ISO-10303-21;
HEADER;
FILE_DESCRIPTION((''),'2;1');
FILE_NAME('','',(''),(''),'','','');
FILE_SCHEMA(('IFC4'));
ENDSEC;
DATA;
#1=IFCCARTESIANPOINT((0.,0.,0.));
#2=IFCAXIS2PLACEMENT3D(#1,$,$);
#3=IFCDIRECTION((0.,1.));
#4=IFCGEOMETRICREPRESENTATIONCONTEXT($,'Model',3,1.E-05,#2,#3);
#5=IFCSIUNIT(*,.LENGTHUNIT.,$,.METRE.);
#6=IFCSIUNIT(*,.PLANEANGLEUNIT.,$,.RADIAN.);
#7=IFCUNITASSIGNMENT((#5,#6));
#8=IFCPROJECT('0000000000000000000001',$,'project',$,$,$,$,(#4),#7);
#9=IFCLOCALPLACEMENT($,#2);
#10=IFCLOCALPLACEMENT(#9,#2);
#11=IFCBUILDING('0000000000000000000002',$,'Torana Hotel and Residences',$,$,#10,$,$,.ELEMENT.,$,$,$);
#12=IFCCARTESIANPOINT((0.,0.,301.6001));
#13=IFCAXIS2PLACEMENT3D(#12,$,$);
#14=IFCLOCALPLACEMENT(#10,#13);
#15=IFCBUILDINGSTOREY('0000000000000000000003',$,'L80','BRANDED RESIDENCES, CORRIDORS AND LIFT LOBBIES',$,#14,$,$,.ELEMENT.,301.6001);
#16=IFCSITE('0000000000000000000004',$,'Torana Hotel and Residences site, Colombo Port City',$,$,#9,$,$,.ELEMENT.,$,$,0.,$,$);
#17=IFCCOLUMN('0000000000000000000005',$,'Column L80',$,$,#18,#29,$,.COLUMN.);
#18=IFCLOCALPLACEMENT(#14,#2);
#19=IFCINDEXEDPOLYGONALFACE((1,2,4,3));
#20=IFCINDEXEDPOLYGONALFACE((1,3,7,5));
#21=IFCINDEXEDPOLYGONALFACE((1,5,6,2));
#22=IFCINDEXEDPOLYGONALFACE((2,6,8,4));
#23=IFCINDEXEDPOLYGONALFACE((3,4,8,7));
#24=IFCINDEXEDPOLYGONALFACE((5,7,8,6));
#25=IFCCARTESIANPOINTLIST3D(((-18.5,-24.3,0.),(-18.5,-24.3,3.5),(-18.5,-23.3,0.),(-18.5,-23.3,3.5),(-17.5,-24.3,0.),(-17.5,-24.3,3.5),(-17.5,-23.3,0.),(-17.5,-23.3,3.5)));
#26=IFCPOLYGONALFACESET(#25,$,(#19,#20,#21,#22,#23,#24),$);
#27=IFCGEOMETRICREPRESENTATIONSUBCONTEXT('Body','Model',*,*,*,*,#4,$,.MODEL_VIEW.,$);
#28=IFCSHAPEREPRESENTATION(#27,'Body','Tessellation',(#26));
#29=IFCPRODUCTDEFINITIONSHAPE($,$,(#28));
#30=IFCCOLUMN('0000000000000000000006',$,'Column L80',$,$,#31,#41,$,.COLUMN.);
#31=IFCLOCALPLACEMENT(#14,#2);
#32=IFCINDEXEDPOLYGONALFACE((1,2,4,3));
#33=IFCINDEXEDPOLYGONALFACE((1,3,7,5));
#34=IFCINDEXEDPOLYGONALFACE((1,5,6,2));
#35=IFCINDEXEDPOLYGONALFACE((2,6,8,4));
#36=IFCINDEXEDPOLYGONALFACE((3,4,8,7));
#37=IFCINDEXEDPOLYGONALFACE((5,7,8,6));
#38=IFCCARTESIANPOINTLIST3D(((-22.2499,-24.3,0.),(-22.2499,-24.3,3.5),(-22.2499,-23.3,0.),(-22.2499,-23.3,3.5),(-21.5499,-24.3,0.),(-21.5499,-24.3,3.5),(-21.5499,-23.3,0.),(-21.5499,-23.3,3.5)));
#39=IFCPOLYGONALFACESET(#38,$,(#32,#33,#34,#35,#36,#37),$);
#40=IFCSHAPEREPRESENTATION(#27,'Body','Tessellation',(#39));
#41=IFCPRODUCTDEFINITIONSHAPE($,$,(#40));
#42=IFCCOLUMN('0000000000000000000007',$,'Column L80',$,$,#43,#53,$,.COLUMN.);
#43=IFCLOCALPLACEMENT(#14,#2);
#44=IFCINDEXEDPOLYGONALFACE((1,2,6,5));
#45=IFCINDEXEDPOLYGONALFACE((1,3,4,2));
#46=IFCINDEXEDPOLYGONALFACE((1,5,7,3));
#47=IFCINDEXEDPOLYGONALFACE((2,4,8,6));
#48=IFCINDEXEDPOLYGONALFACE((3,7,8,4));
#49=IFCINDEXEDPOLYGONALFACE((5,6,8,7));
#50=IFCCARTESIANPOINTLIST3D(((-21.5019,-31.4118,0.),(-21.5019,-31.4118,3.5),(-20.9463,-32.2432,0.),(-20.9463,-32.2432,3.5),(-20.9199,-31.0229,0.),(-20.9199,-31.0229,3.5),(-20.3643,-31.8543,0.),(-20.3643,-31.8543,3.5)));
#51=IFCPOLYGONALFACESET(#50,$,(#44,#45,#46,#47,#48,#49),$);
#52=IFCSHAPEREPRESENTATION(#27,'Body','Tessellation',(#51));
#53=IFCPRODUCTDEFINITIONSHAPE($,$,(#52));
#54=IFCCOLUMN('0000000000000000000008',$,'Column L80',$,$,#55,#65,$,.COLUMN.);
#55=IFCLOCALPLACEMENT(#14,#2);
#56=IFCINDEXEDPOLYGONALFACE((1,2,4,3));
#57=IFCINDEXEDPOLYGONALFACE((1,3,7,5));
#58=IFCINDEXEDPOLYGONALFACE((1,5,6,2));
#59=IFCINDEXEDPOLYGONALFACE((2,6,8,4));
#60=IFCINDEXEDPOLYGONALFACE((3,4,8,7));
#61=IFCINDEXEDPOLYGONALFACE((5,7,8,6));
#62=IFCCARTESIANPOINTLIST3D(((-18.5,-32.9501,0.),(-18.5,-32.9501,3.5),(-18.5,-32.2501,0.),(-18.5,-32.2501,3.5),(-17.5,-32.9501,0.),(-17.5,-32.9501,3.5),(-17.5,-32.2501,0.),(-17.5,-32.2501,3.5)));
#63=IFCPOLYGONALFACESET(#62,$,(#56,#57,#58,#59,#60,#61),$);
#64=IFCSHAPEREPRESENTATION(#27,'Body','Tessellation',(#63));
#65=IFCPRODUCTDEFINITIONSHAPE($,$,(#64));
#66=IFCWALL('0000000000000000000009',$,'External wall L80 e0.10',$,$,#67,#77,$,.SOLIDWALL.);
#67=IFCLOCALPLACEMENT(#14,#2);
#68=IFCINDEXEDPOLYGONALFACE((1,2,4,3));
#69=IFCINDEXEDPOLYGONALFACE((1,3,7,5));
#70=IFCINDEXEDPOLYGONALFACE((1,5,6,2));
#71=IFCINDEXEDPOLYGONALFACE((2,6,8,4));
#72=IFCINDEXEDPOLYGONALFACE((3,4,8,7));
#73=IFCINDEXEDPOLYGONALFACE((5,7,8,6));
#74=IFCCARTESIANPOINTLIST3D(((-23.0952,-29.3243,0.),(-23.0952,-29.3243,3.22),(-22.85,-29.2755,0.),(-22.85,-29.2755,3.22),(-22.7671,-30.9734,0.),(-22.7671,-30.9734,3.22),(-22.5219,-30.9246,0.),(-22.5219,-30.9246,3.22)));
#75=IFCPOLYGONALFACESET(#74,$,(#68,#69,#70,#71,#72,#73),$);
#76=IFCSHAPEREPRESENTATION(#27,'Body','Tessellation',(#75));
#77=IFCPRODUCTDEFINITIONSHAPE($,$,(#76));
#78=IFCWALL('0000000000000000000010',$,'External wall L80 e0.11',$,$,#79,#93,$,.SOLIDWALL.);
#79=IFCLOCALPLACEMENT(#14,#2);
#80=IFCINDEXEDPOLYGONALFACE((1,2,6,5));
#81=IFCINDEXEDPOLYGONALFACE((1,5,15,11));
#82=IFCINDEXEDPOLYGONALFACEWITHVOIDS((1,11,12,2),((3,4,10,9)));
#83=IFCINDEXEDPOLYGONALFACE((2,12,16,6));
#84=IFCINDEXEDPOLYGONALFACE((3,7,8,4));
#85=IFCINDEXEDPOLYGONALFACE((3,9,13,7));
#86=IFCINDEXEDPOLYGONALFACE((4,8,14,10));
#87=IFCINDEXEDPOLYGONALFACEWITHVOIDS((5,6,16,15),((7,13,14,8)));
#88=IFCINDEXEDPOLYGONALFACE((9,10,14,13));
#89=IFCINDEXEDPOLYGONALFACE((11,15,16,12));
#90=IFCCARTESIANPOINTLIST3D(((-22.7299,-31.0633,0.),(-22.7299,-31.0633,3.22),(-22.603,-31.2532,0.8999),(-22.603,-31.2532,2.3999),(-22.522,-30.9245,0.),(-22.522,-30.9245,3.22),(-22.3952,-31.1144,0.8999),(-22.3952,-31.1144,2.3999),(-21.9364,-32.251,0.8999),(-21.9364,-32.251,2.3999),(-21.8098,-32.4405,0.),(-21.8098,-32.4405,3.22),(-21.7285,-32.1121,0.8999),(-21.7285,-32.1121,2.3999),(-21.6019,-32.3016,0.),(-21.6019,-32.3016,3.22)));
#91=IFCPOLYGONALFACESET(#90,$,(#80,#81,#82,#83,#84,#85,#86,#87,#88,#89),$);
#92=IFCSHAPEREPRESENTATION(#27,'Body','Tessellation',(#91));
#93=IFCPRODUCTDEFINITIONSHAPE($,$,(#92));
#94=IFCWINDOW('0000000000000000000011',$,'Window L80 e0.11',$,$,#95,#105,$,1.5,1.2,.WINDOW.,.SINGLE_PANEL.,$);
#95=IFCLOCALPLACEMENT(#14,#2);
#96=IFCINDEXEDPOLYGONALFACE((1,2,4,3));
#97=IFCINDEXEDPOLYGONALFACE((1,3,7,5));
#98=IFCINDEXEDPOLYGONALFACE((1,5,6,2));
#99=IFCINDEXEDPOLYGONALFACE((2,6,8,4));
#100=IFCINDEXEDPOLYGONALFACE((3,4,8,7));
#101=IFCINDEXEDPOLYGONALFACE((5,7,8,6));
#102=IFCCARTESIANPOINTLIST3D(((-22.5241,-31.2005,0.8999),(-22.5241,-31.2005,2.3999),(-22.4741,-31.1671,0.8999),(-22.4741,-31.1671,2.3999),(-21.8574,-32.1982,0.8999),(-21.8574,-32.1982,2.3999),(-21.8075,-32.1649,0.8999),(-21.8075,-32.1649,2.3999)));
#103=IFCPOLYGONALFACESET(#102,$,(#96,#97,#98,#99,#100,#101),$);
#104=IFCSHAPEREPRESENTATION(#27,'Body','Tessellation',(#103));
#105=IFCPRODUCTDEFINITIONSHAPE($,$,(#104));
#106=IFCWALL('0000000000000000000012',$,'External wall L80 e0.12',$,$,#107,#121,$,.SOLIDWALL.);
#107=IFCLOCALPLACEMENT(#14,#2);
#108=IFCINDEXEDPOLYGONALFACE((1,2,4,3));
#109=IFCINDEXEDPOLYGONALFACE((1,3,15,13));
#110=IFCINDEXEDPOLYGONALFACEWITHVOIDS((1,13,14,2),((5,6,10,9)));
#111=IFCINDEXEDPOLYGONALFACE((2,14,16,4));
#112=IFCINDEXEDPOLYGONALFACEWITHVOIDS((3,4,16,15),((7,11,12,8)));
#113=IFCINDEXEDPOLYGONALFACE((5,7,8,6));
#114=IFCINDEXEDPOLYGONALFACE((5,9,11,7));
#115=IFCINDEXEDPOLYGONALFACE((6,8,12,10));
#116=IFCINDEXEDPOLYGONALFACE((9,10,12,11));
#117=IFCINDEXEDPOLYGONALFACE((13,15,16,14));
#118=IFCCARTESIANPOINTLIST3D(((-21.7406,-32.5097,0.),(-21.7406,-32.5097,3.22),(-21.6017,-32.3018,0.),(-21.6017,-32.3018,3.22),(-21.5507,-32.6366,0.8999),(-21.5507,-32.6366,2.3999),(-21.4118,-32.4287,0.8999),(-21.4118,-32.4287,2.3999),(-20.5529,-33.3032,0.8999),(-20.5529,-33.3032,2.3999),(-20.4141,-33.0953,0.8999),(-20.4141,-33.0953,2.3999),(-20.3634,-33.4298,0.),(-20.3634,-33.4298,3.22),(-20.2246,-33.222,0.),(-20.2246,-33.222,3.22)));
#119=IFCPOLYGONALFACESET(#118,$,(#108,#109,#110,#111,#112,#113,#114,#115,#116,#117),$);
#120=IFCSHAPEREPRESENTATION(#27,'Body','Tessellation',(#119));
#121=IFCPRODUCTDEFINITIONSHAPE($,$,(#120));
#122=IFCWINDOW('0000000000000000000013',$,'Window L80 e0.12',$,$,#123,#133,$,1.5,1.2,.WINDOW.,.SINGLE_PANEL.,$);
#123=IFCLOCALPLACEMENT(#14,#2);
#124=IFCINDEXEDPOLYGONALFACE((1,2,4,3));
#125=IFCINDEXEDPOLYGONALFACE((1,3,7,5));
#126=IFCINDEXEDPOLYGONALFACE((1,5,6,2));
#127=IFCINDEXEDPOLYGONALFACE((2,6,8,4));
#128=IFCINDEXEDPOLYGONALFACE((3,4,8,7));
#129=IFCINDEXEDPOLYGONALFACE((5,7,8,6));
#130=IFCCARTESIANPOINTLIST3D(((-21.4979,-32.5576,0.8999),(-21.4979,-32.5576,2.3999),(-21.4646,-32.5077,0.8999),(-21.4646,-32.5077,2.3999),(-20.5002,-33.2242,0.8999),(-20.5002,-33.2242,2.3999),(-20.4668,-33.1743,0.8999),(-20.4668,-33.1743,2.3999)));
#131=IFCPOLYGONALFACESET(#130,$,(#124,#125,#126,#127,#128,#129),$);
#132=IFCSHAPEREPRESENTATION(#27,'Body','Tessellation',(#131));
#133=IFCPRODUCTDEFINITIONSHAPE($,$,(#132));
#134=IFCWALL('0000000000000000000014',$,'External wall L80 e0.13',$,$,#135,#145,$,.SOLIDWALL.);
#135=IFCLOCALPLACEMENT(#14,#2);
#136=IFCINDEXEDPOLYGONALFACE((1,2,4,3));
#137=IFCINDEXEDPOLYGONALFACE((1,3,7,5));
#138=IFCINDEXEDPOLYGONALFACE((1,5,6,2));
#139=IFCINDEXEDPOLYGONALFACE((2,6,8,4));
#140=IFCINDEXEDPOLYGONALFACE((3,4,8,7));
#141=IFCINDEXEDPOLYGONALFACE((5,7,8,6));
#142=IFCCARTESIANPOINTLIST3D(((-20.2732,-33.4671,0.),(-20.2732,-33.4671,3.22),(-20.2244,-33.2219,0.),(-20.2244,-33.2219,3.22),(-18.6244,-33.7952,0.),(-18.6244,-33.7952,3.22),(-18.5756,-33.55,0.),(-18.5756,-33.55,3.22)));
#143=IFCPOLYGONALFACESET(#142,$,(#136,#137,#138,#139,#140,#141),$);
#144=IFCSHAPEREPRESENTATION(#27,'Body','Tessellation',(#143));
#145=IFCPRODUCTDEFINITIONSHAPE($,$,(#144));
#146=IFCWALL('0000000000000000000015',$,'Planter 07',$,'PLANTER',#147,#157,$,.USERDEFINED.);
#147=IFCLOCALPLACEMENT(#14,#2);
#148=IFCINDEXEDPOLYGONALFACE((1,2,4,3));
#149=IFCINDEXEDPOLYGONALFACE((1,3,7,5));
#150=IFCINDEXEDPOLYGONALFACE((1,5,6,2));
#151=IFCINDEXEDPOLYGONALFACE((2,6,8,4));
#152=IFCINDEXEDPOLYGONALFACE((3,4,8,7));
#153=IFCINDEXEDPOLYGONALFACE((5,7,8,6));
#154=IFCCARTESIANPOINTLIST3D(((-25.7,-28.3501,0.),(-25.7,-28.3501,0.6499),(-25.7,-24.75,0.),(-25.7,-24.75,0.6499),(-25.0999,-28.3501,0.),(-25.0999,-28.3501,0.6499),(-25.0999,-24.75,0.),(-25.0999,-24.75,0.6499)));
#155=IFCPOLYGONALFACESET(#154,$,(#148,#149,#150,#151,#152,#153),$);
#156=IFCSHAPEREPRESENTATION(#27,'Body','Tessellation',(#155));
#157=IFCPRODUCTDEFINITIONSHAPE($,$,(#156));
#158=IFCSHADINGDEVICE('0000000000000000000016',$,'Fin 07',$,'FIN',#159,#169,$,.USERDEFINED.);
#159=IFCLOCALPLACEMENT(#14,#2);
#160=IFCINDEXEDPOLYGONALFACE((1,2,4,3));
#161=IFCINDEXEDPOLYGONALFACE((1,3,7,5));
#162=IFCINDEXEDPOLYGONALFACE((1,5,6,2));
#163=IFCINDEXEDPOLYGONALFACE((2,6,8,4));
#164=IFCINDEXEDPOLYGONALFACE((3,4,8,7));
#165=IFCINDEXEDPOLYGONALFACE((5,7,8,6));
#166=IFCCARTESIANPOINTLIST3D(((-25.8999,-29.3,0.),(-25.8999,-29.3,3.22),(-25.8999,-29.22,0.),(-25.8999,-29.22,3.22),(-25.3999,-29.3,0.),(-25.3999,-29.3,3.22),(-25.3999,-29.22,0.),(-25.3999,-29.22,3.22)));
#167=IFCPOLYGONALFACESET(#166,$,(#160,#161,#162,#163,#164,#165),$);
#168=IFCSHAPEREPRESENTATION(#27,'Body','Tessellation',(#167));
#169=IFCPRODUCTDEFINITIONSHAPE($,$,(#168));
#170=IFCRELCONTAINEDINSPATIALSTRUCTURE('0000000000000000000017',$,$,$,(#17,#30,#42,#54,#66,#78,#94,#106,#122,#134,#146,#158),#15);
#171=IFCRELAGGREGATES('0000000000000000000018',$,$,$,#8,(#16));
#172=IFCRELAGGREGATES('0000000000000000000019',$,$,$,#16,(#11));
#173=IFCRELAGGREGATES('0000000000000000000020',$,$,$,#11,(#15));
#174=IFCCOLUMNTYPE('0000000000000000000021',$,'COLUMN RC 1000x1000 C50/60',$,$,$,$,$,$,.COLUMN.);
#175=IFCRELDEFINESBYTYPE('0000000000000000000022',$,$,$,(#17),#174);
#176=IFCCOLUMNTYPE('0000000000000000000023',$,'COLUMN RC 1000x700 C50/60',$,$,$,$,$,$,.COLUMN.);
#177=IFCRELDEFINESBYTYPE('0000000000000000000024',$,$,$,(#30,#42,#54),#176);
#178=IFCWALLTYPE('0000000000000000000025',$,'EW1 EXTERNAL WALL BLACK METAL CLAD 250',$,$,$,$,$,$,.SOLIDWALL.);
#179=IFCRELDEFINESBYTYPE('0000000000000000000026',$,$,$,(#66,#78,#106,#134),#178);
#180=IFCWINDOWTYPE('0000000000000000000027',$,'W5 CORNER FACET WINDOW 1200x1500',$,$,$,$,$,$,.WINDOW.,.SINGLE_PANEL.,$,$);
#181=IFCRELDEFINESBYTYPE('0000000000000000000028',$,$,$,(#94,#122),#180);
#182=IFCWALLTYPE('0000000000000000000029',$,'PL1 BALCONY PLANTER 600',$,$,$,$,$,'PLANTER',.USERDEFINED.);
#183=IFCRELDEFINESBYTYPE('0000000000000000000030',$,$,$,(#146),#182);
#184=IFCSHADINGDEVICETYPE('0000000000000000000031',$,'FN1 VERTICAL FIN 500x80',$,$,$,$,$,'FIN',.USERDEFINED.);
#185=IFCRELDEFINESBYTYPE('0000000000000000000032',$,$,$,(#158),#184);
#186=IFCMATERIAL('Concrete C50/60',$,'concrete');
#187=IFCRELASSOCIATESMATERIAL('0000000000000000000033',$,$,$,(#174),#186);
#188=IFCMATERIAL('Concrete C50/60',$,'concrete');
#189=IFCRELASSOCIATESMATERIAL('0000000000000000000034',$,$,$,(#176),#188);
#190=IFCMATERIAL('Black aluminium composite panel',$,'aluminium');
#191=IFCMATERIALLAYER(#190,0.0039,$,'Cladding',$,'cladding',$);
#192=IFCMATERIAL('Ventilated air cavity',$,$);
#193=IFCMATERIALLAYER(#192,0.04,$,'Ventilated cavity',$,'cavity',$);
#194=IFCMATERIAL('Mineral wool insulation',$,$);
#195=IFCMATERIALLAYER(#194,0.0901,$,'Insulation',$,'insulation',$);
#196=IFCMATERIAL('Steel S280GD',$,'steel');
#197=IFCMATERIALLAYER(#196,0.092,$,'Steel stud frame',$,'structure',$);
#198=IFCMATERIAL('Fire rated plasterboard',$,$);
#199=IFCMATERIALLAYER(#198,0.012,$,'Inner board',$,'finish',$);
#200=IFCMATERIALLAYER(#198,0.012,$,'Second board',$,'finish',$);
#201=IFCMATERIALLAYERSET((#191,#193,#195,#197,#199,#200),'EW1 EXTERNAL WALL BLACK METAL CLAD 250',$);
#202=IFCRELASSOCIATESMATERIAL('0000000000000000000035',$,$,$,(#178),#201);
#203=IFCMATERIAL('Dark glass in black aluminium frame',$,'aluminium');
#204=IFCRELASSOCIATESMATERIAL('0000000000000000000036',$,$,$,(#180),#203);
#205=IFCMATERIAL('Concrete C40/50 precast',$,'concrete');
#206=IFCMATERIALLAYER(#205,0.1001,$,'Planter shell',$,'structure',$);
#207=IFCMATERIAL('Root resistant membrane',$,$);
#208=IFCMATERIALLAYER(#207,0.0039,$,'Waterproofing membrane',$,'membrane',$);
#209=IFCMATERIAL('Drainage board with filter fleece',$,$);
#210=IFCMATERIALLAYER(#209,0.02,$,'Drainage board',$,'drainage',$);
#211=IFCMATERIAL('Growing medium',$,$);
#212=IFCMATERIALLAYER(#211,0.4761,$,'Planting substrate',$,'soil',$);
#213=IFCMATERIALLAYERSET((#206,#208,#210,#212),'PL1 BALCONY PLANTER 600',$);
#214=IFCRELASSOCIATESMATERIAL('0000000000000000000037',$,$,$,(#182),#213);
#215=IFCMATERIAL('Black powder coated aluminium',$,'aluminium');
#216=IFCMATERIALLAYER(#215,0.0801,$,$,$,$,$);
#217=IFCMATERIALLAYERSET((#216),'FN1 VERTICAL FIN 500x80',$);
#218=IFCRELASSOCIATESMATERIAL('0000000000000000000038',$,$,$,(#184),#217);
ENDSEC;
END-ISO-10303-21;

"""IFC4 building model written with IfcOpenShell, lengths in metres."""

from ifc_helpers import new_model, si_unit, direction, frame, frame_2d, origin, origin_2d, place, context, subcontext, project, spatial, rectangle, extrude, material, layer, layer_set, material_profile, profile_set, type_object, element, fill, save


model = new_model("IFC4")

# Units and contexts
model_context = context("Model", 3, precision=1e-05, world=origin(), true_north=direction((0.0, 1.0)))
body_context = subcontext(model_context, "Body", "Model", "MODEL_VIEW")
ifc_project = project(units=[si_unit("LENGTHUNIT", "METRE"), si_unit("PLANEANGLEUNIT", "RADIAN")], contexts=[model_context])

# Site, building, storey
site_placement = place(None, origin())
site = spatial("IfcSite", under=ifc_project, at=site_placement, Name="Torana Hotel and Residences site, Colombo Port City", CompositionType="ELEMENT", RefElevation=0.0)
building_placement = place(site_placement, origin())
building = spatial("IfcBuilding", under=site, at=building_placement, Name="Torana Hotel and Residences", CompositionType="ELEMENT")
storey_placement = place(building_placement, frame((0.0, 0.0, 301.6001)))
storey = spatial("IfcBuildingStorey", under=building, at=storey_placement, Name="L80", Description="BRANDED RESIDENCES, CORRIDORS AND LIFT LOBBIES", CompositionType="ELEMENT", Elevation=301.6001)

# Columns
ifc_material_1 = material(Name="Concrete C50/60", Category="concrete")
ifc_material_profile_1 = material_profile(ifc_material_1, rectangle(XDim=1.0, YDim=1.0, at=origin_2d()), Name="RC 1000x1000")
ifc_profile_set_1 = profile_set([ifc_material_profile_1], Name="Concrete C50/60")
column_type_1 = type_object("IfcColumnType", Name="COLUMN RC 1000x1000 C50/60", PredefinedType="COLUMN", material=ifc_profile_set_1)
column_placement = place(storey_placement, frame((-18.0, -23.8, 0.0), z_axis=(0.0, 0.0, 1.0), x_axis=(1.0, 0.0, 0.0)))
element("IfcColumn", 1, at=column_placement, inside=storey, type_object=column_type_1, Name="Column L80", PredefinedType="COLUMN", context=body_context, shape_type="SweptSolid", body=[
    extrude(rectangle(XDim=1.0, YDim=1.0, at=origin_2d()), origin(), (0.0, 0.0, 1.0), 3.5),
])
ifc_material_2 = material(Name="Concrete C50/60", Category="concrete")
ifc_material_profile_2 = material_profile(ifc_material_2, rectangle(XDim=1.0, YDim=0.7, at=origin_2d()), Name="RC 1000x700")
ifc_profile_set_2 = profile_set([ifc_material_profile_2], Name="Concrete C50/60")
column_type_2 = type_object("IfcColumnType", Name="COLUMN RC 1000x700 C50/60", PredefinedType="COLUMN", material=ifc_profile_set_2)
for number, where, z_axis, x_axis, name in (
    (2, (-21.8999, -23.8, 0.0), (0.0, 0.0, 1.0), (0.0, 1.0, 0.0), "Column L80"),
    (3, (-20.9331, -31.6331, 0.0), (0.0, 0.0, 1.0), (-0.555585, 0.83146, 0.0), "Column L80"),
    (4, (-18.0, -32.6001, 0.0), (0.0, 0.0, 1.0), (1.0, 0.0, 0.0), "Column L80"),
):
    element("IfcColumn", number, at=place(storey_placement, frame(where, z_axis=z_axis, x_axis=x_axis)), inside=storey, type_object=column_type_2, Name=name, PredefinedType="COLUMN", context=body_context, shape_type="SweptSolid", body=[
        extrude(rectangle(XDim=1.0, YDim=0.7, at=origin_2d()), origin(), (0.0, 0.0, 1.0), 3.5),
    ])

# Wall
ifc_material_3 = material(Name="Black aluminium composite panel", Category="aluminium")
ifc_layer_1 = layer(ifc_material_3, 0.0039, Name="Cladding", Category="cladding")
ifc_material_4 = material(Name="Ventilated air cavity")
ifc_layer_2 = layer(ifc_material_4, 0.04, Name="Ventilated cavity", Category="cavity")
ifc_material_5 = material(Name="Mineral wool insulation")
ifc_layer_3 = layer(ifc_material_5, 0.0901, Name="Insulation", Category="insulation")
ifc_material_6 = material(Name="Steel S280GD", Category="steel")
ifc_layer_4 = layer(ifc_material_6, 0.092, Name="Steel stud frame", Category="structure")
ifc_material_7 = material(Name="Fire rated plasterboard")
ifc_layer_5 = layer(ifc_material_7, 0.012, Name="Inner board", Category="finish")
ifc_layer_6 = layer(ifc_material_7, 0.012, Name="Second board", Category="finish")
ifc_layer_set_1 = layer_set([ifc_layer_1, ifc_layer_2, ifc_layer_3, ifc_layer_4, ifc_layer_5, ifc_layer_6], Name="EW1 EXTERNAL WALL BLACK METAL CLAD 250")
wall_type_1 = type_object("IfcWallType", Name="EW1 EXTERNAL WALL BLACK METAL CLAD 250", PredefinedType="SOLIDWALL", material=ifc_layer_set_1)
wall_1_placement = place(storey_placement, frame((-22.9727, -29.2998, 0.0), z_axis=(0.0, 0.0, 1.0), x_axis=(0.195139, -0.980776, 0.0)))
element("IfcWall", 5, at=wall_1_placement, inside=storey, type_object=wall_type_1, Name="External wall L80 e0.10", PredefinedType="SOLIDWALL", context=body_context, shape_type="SweptSolid", body=[
    extrude(rectangle(XDim=1.6814, YDim=0.25, at=frame_2d((0.8408, 0.0))), origin(), (0.0, 0.0, 1.0), 3.22),
])

# Walls, openings, windows
wall_2_placement = place(storey_placement, frame((-22.626, -30.9939, 0.0), z_axis=(0.0, 0.0, 1.0), x_axis=(0.55555, -0.831483, 0.0)))
wall_2 = element("IfcWall", 6, at=wall_2_placement, inside=storey, type_object=wall_type_1, Name="External wall L80 e0.11", PredefinedType="SOLIDWALL", context=body_context, shape_type="SweptSolid", body=[
    extrude(rectangle(XDim=1.6562, YDim=0.25, at=frame_2d((0.8281, 0.0))), origin(), (0.0, 0.0, 1.0), 3.22),
])
opening_1_placement = place(wall_2_placement, frame((0.2283, 0.0, 0.8999)))
opening_1 = element("IfcOpeningElement", 7, at=opening_1_placement, cuts=wall_2, PredefinedType="OPENING", context=body_context, shape_type="SweptSolid", body=[
    extrude(rectangle(XDim=1.2, YDim=1.5, at=frame_2d((0.6001, 0.75))), frame((0.0, 0.135, 0.0), z_axis=(0.0, -1.0, 0.0), x_axis=(1.0, 0.0, 0.0)), (0.0, 0.0, 1.0), 0.27),
])
ifc_material_8 = material(Name="Dark glass in black aluminium frame", Category="aluminium")
window_type_1 = type_object("IfcWindowType", Name="W5 CORNER FACET WINDOW 1200x1500", PartitioningType="SINGLE_PANEL", PredefinedType="WINDOW", material=ifc_material_8)
window_1_placement = place(opening_1_placement, origin())
window_1 = element("IfcWindow", 8, at=window_1_placement, inside=storey, type_object=window_type_1, Name="Window L80 e0.11", OverallHeight=1.5, OverallWidth=1.2, PartitioningType="SINGLE_PANEL", PredefinedType="WINDOW", context=body_context, shape_type="SweptSolid", body=[
    extrude(rectangle(XDim=1.2, YDim=1.5, at=frame_2d((0.6001, 0.75))), frame((0.0, 0.03, 0.0), z_axis=(0.0, -1.0, 0.0), x_axis=(1.0, 0.0, 0.0)), (0.0, 0.0, 1.0), 0.0601),
])
fill(opening_1, window_1)
wall_3_placement = place(storey_placement, frame((-21.6711, -32.4058, 0.0), z_axis=(0.0, 0.0, 1.0), x_axis=(0.831483, -0.55555, 0.0)))
wall_3 = element("IfcWall", 9, at=wall_3_placement, inside=storey, type_object=wall_type_1, Name="External wall L80 e0.12", PredefinedType="SOLIDWALL", context=body_context, shape_type="SweptSolid", body=[
    extrude(rectangle(XDim=1.6562, YDim=0.25, at=frame_2d((0.8281, 0.0))), origin(), (0.0, 0.0, 1.0), 3.22),
])
opening_2_placement = place(wall_3_placement, frame((0.2283, 0.0, 0.8999)))
opening_2 = element("IfcOpeningElement", 10, at=opening_2_placement, cuts=wall_3, PredefinedType="OPENING", context=body_context, shape_type="SweptSolid", body=[
    extrude(rectangle(XDim=1.2, YDim=1.5, at=frame_2d((0.6001, 0.75))), frame((0.0, 0.135, 0.0), z_axis=(0.0, -1.0, 0.0), x_axis=(1.0, 0.0, 0.0)), (0.0, 0.0, 1.0), 0.27),
])
window_2_placement = place(opening_2_placement, origin())
window_2 = element("IfcWindow", 11, at=window_2_placement, inside=storey, type_object=window_type_1, Name="Window L80 e0.12", OverallHeight=1.5, OverallWidth=1.2, PartitioningType="SINGLE_PANEL", PredefinedType="WINDOW", context=body_context, shape_type="SweptSolid", body=[
    extrude(rectangle(XDim=1.2, YDim=1.5, at=frame_2d((0.6001, 0.75))), frame((0.0, 0.03, 0.0), z_axis=(0.0, -1.0, 0.0), x_axis=(1.0, 0.0, 0.0)), (0.0, 0.0, 1.0), 0.0601),
])
fill(opening_2, window_2)

# Wall
wall_4_placement = place(storey_placement, frame((-20.2488, -33.3445, 0.0), z_axis=(0.0, 0.0, 1.0), x_axis=(0.98077, -0.195167, 0.0)))
element("IfcWall", 12, at=wall_4_placement, inside=storey, type_object=wall_type_1, Name="External wall L80 e0.13", PredefinedType="SOLIDWALL", context=body_context, shape_type="SweptSolid", body=[
    extrude(rectangle(XDim=1.6812, YDim=0.25, at=frame_2d((0.8406, 0.0))), origin(), (0.0, 0.0, 1.0), 3.22),
])

# Wall
ifc_material_9 = material(Name="Concrete C40/50 precast", Category="concrete")
ifc_layer_7 = layer(ifc_material_9, 0.1001, Name="Planter shell", Category="structure")
ifc_material_10 = material(Name="Root resistant membrane")
ifc_layer_8 = layer(ifc_material_10, 0.0039, Name="Waterproofing membrane", Category="membrane")
ifc_material_11 = material(Name="Drainage board with filter fleece")
ifc_layer_9 = layer(ifc_material_11, 0.02, Name="Drainage board", Category="drainage")
ifc_material_12 = material(Name="Growing medium")
ifc_layer_10 = layer(ifc_material_12, 0.4761, Name="Planting substrate", Category="soil")
ifc_layer_set_2 = layer_set([ifc_layer_7, ifc_layer_8, ifc_layer_9, ifc_layer_10], Name="PL1 BALCONY PLANTER 600")
wall_type_2 = type_object("IfcWallType", Name="PL1 BALCONY PLANTER 600", ElementType="PLANTER", PredefinedType="USERDEFINED", material=ifc_layer_set_2)
wall_5_placement = place(storey_placement, frame((-25.3999, -28.3501, 0.0), z_axis=(0.0, 0.0, 1.0), x_axis=(0.0, 1.0, 0.0)))
element("IfcWall", 13, at=wall_5_placement, inside=storey, type_object=wall_type_2, Name="Planter 07", ObjectType="PLANTER", PredefinedType="USERDEFINED", context=body_context, shape_type="SweptSolid", body=[
    extrude(rectangle(XDim=3.6001, YDim=0.6001, at=frame_2d((1.8, 0.0))), origin(), (0.0, 0.0, 1.0), 0.6499),
])

# Shading device
ifc_material_13 = material(Name="Black powder coated aluminium", Category="aluminium")
ifc_layer_11 = layer(ifc_material_13, 0.0801)
ifc_layer_set_3 = layer_set([ifc_layer_11], Name="FN1 VERTICAL FIN 500x80")
shading_device_type = type_object("IfcShadingDeviceType", Name="FN1 VERTICAL FIN 500x80", ElementType="FIN", PredefinedType="USERDEFINED", material=ifc_layer_set_3)
shading_device_placement = place(storey_placement, frame((-25.6499, -29.26, 0.0), z_axis=(0.0, 0.0, 1.0), x_axis=(0.0, 1.0, 0.0)))
element("IfcShadingDevice", 14, at=shading_device_placement, inside=storey, type_object=shading_device_type, Name="Fin 07", ObjectType="FIN", PredefinedType="USERDEFINED", context=body_context, shape_type="SweptSolid", body=[
    extrude(rectangle(XDim=0.0801, YDim=0.5, at=origin_2d()), origin(), (0.0, 0.0, 1.0), 3.22),
])

save(model, "model.ifc")
